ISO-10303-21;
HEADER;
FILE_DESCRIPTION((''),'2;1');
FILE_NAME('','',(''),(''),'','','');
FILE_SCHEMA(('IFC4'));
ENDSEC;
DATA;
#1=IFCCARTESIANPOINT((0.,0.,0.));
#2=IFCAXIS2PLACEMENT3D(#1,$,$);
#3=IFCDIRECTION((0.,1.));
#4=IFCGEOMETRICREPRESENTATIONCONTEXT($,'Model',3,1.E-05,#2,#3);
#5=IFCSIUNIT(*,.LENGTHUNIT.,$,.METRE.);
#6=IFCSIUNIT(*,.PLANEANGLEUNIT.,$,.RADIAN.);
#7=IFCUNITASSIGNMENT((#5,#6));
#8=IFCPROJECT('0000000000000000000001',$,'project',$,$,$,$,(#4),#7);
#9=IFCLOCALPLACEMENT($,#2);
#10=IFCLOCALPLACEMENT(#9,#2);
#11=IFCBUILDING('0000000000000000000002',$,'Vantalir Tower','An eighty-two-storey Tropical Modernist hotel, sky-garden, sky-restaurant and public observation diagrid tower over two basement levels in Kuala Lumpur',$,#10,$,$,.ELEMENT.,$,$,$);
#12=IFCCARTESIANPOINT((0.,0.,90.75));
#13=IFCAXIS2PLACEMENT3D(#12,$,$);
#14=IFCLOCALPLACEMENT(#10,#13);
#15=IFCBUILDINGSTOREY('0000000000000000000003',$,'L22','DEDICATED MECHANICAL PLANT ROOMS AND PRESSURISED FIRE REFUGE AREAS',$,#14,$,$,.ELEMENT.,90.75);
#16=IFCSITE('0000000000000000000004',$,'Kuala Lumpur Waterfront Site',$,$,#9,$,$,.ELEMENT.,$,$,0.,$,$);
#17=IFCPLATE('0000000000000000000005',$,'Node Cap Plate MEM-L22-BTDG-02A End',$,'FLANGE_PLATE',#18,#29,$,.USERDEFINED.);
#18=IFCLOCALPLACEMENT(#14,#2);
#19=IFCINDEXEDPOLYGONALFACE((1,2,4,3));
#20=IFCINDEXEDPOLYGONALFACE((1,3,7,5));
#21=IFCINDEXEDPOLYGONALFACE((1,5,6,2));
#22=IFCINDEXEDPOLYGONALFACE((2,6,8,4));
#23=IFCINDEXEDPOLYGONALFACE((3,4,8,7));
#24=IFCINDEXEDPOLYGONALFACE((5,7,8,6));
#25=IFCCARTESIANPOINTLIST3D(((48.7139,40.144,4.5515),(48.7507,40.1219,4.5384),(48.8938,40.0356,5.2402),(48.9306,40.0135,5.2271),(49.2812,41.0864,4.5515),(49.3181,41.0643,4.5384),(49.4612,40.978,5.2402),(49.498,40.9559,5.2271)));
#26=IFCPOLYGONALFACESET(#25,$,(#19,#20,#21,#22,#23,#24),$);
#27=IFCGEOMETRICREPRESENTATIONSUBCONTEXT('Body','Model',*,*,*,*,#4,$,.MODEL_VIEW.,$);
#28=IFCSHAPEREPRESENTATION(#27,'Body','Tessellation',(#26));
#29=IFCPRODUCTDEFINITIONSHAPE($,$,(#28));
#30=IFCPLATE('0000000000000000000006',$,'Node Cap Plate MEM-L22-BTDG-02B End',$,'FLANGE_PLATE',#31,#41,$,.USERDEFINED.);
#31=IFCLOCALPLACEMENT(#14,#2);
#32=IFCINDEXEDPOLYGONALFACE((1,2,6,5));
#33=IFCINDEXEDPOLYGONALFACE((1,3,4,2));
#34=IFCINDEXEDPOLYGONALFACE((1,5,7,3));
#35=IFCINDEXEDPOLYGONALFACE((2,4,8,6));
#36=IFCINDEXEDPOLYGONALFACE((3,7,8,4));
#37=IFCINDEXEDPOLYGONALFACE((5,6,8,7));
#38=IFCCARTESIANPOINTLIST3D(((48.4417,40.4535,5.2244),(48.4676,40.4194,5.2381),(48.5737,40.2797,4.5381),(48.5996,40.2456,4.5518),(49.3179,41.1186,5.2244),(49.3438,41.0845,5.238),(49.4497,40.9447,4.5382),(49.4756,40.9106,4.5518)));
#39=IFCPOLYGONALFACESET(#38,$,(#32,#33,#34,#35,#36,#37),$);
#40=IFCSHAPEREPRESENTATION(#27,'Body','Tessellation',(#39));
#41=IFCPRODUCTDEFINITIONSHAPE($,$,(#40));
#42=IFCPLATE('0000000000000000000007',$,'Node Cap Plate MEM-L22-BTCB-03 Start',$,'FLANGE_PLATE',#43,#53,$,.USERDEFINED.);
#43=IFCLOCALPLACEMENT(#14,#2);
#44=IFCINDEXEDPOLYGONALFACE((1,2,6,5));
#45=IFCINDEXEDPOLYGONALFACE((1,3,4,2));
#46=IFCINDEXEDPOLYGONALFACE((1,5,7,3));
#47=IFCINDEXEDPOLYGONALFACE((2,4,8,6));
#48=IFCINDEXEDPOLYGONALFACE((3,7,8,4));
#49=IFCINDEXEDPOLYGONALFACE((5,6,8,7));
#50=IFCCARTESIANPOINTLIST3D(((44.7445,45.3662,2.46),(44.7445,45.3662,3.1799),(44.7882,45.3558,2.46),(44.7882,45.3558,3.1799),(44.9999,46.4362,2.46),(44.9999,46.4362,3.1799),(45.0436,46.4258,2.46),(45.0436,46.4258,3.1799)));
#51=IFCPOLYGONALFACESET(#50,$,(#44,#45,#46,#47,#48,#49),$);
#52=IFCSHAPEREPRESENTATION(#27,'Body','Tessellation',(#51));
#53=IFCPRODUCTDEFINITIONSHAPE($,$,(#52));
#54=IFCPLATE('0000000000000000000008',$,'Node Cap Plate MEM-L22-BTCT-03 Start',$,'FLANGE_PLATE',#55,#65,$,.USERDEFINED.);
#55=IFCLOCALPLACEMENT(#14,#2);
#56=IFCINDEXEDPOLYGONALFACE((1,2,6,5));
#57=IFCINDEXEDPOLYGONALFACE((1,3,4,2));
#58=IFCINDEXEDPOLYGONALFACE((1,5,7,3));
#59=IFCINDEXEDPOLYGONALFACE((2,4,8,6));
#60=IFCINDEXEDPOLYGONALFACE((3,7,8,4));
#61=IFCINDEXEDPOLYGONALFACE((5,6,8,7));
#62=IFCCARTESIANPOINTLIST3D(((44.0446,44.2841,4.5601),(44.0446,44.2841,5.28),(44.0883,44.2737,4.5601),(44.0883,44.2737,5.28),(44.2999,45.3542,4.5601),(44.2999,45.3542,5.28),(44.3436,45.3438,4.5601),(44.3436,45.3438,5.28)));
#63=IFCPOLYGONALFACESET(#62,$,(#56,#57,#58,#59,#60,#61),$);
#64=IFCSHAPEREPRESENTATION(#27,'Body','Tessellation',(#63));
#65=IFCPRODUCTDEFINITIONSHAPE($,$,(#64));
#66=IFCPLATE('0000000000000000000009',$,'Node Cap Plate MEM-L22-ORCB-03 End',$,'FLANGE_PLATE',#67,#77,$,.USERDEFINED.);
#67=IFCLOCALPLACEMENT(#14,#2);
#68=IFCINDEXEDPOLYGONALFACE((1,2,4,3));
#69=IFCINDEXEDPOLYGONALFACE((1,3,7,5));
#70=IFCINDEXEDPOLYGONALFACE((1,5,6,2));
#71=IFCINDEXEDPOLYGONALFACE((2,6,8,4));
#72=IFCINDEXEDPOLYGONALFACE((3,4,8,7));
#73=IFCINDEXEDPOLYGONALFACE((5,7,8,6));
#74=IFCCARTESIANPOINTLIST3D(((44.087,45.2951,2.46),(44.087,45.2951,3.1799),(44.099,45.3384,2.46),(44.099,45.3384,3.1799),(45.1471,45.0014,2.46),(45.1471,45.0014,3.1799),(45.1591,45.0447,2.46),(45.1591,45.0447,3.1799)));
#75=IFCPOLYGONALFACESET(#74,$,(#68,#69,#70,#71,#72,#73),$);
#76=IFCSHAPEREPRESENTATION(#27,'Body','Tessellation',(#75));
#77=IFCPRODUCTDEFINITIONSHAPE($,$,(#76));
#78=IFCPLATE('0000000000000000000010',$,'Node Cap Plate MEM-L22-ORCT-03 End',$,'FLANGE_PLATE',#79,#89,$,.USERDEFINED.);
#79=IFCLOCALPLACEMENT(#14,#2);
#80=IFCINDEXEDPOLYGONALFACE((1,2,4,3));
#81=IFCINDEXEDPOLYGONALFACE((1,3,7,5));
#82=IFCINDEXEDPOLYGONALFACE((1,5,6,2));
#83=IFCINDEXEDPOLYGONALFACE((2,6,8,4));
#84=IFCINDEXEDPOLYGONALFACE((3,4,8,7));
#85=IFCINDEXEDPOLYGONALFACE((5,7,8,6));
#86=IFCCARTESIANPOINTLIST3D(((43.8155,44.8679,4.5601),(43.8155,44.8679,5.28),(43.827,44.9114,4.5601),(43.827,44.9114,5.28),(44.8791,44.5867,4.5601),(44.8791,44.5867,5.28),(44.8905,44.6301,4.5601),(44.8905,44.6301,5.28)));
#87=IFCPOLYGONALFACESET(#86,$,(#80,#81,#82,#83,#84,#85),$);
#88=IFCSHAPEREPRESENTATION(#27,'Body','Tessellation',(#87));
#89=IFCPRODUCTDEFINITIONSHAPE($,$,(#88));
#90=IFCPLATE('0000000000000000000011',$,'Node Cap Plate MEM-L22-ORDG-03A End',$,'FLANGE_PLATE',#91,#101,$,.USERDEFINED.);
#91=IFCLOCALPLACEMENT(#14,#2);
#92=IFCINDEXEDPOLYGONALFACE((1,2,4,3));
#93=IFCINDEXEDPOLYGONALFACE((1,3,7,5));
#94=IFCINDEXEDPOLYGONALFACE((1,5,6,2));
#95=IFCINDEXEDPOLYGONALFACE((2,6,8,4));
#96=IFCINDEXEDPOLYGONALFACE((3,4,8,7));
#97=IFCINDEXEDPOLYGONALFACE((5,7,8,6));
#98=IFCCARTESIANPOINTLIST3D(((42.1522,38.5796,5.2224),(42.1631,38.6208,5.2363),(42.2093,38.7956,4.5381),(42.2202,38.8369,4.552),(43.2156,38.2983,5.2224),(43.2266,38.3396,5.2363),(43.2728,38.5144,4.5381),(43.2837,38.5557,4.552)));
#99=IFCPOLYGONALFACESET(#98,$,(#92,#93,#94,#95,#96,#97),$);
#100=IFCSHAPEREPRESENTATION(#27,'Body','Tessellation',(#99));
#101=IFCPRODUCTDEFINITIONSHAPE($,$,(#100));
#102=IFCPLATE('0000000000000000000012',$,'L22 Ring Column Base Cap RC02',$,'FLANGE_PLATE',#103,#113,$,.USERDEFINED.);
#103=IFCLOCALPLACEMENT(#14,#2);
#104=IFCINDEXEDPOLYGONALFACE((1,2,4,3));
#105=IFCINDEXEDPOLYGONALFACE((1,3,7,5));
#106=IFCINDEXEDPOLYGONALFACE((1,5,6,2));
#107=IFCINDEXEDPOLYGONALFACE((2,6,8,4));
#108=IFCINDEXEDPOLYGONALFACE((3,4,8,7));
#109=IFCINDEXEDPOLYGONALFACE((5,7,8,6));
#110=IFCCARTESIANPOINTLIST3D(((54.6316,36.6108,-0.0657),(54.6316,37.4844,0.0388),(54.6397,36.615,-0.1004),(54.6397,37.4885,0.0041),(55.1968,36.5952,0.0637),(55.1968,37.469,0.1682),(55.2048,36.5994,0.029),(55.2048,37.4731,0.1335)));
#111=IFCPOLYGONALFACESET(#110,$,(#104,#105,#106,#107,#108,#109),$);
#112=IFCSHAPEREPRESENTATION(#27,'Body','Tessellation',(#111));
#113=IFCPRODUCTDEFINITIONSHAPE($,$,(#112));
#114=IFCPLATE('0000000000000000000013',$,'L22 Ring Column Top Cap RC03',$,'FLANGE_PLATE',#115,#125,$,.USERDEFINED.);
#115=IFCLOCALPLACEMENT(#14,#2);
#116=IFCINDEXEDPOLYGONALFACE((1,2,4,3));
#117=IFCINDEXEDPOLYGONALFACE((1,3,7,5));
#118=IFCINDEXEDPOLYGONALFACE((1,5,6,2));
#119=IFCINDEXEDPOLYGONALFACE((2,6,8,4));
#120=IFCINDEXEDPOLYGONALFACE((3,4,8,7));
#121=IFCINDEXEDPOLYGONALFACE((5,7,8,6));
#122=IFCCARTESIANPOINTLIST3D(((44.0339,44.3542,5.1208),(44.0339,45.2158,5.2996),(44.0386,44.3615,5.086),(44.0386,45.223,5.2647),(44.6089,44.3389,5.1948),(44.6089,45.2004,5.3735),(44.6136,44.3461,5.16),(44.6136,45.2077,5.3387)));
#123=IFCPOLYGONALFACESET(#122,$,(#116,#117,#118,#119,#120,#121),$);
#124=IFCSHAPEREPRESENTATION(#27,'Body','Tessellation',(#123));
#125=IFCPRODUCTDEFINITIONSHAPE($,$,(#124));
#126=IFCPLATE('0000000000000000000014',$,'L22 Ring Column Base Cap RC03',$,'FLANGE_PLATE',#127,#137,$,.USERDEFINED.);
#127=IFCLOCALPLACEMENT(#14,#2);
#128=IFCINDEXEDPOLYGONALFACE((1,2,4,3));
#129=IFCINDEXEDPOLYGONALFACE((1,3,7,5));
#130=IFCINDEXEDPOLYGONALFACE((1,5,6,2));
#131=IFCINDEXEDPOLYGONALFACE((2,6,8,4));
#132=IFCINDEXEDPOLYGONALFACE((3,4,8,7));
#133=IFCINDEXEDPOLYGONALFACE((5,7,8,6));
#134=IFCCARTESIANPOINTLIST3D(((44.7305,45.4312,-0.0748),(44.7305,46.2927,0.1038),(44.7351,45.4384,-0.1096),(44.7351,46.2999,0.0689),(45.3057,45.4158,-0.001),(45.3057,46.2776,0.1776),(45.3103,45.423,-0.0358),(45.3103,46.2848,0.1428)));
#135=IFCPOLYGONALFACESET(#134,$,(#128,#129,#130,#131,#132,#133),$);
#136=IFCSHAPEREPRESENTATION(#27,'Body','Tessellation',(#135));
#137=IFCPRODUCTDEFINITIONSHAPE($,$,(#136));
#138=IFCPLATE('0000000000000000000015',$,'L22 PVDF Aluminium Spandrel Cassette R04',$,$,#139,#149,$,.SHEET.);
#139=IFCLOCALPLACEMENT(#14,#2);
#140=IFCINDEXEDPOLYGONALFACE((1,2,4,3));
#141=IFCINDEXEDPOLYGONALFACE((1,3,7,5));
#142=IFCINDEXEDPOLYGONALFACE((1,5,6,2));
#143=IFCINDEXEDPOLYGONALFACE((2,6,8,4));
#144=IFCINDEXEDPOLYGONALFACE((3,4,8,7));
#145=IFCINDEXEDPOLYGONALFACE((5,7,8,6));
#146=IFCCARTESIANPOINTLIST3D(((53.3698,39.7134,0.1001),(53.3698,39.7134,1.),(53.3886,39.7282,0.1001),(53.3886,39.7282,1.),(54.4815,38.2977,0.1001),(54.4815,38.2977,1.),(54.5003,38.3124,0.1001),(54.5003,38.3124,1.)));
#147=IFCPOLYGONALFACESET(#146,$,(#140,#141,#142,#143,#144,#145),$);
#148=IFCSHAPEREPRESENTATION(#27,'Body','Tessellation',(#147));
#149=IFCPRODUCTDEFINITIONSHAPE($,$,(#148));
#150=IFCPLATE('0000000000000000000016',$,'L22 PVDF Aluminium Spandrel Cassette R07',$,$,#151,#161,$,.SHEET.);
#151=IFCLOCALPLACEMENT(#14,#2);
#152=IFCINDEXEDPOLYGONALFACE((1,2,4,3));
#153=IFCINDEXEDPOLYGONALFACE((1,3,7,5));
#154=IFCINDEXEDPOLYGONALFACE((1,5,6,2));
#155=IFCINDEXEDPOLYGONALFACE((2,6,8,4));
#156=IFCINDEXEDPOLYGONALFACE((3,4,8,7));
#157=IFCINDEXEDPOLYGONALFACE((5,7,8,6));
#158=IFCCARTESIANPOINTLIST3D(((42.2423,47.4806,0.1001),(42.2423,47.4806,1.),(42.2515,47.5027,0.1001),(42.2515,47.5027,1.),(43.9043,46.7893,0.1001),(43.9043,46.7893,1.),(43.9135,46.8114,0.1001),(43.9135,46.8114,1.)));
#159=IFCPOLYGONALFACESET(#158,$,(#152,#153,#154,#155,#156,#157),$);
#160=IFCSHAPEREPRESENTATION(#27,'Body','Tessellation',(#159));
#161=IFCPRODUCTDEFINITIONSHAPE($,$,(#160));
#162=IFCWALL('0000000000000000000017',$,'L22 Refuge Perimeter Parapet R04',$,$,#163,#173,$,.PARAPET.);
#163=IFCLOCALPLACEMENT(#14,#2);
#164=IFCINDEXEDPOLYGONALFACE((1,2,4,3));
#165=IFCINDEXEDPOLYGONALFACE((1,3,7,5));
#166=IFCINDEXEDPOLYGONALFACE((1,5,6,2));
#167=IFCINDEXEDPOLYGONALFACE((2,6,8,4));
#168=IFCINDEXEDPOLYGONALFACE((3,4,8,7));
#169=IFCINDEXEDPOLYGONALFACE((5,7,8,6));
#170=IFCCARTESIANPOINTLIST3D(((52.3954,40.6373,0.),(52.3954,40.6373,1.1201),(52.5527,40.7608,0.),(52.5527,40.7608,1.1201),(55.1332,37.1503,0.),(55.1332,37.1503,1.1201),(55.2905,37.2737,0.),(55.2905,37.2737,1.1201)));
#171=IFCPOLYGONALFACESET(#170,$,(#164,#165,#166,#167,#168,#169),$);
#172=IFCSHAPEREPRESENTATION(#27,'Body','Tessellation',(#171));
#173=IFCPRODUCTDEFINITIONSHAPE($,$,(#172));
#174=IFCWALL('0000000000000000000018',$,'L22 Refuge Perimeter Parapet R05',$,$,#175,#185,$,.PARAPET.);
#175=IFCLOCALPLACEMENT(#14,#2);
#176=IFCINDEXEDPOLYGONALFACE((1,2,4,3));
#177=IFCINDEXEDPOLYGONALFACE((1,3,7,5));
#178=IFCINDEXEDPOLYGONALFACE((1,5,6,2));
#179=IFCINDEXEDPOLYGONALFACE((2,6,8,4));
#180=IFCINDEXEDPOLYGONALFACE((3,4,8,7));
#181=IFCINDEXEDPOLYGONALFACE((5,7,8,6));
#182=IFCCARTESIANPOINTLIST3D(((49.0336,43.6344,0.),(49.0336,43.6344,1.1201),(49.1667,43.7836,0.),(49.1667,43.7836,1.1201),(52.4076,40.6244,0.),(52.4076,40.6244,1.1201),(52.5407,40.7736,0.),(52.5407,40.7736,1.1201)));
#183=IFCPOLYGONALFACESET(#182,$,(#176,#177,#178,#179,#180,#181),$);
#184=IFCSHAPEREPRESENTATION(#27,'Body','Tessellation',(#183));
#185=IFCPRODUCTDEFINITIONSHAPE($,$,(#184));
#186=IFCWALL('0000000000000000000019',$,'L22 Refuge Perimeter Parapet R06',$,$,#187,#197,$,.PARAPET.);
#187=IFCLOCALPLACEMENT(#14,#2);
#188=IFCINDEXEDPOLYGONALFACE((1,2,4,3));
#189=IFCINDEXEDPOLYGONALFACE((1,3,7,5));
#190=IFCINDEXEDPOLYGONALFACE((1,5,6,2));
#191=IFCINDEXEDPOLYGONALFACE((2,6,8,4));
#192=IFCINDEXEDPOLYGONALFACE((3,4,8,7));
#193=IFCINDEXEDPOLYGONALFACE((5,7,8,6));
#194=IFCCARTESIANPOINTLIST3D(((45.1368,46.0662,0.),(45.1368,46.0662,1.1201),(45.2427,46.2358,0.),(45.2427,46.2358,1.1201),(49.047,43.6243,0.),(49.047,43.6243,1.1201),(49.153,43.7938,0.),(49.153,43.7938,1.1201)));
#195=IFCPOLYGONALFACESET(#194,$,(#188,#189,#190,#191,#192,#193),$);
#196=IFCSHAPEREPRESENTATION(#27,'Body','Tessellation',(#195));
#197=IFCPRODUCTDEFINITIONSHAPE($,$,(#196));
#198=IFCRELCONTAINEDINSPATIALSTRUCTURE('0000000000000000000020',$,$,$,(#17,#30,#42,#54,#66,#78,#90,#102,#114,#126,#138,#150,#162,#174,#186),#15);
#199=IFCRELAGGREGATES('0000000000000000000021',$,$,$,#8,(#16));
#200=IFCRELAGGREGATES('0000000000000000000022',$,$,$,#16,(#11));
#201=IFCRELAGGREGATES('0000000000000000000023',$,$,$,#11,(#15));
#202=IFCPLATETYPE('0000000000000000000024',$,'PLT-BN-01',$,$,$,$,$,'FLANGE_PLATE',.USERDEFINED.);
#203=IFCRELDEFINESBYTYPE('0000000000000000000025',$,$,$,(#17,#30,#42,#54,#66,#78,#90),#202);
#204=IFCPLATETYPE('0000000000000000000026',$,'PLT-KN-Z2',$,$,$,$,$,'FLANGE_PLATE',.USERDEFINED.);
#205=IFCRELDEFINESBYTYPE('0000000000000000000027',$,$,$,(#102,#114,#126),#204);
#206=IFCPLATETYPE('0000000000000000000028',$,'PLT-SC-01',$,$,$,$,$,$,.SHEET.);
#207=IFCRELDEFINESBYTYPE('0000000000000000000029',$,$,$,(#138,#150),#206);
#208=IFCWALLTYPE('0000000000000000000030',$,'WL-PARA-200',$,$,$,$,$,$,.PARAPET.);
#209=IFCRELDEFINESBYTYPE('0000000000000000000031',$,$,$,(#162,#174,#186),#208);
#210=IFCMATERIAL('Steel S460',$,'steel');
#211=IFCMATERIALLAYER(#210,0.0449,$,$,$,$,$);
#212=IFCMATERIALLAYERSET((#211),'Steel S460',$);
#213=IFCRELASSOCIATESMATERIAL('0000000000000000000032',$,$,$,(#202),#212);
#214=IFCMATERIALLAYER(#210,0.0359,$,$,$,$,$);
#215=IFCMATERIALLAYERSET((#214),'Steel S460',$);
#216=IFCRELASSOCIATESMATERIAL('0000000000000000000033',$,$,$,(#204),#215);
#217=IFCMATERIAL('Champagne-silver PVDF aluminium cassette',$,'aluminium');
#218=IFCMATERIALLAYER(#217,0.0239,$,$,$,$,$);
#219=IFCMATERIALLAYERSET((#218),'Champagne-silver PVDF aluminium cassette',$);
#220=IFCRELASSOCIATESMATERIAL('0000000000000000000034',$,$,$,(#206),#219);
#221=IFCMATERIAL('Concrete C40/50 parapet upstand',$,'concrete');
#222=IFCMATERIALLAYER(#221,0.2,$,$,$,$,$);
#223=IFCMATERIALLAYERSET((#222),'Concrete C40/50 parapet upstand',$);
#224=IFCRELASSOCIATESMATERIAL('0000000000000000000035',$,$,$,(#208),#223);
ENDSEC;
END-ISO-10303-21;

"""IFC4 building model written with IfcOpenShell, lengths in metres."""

from ifc_helpers import new_model, si_unit, direction, frame, frame_2d, origin, origin_2d, place, context, subcontext, project, spatial, polyline, rectangle, outline, extrude, material, layer, layer_set, type_object, element, save


model = new_model("IFC4")

# Units and contexts
model_context = context("Model", 3, precision=1e-05, world=origin(), true_north=direction((0.0, 1.0)))
body_context = subcontext(model_context, "Body", "Model", "MODEL_VIEW")
ifc_project = project(units=[si_unit("LENGTHUNIT", "METRE"), si_unit("PLANEANGLEUNIT", "RADIAN")], contexts=[model_context])

# Site, building, storey
site_placement = place(None, origin())
site = spatial("IfcSite", under=ifc_project, at=site_placement, Name="Kuala Lumpur Waterfront Site", CompositionType="ELEMENT", RefElevation=0.0)
building_placement = place(site_placement, origin())
building = spatial("IfcBuilding", under=site, at=building_placement, Name="Vantalir Tower", Description="An eighty-two-storey Tropical Modernist hotel, sky-garden, sky-restaurant and public observation diagrid tower over two basement levels in Kuala Lumpur", CompositionType="ELEMENT")
storey_placement = place(building_placement, frame((0.0, 0.0, 90.75)))
storey = spatial("IfcBuildingStorey", under=building, at=storey_placement, Name="L22", Description="DEDICATED MECHANICAL PLANT ROOMS AND PRESSURISED FIRE REFUGE AREAS", CompositionType="ELEMENT", Elevation=90.75)

# Shared definitions
ifc_material_1 = material(Name="Steel S460", Category="steel")

# Plates
ifc_layer_1 = layer(ifc_material_1, 0.0449)
ifc_layer_set_1 = layer_set([ifc_layer_1], Name="Steel S460")
plate_type_1 = type_object("IfcPlateType", Name="PLT-BN-01", ElementType="FLANGE_PLATE", PredefinedType="USERDEFINED", material=ifc_layer_set_1)
plate_1_placement = place(storey_placement, frame((49.2812, 41.0864, 4.5515), z_axis=(-0.819441, 0.493363, 0.291734), x_axis=(-0.515801, -0.856709, 0.0)))
element("IfcPlate", 1, at=plate_1_placement, inside=storey, type_object=plate_type_1, Name="Node Cap Plate MEM-L22-BTDG-02A End", ObjectType="FLANGE_PLATE", PredefinedType="USERDEFINED", context=body_context, shape_type="SweptSolid", body=[
    extrude(outline(polyline([(0.0, 0.0), (1.1, 0.0), (1.1001, 0.72), (0.0001, 0.72), (0.0, 0.0)])), origin(), (0.0, 0.0, -1.0), 0.0449),
])
plate_2_placement = place(storey_placement, frame((48.5996, 40.2456, 4.5518), z_axis=(0.576192, -0.759054, 0.303052), x_axis=(0.796507, 0.604629, 0.000019)))
element("IfcPlate", 2, at=plate_2_placement, inside=storey, type_object=plate_type_1, Name="Node Cap Plate MEM-L22-BTDG-02B End", ObjectType="FLANGE_PLATE", PredefinedType="USERDEFINED", context=body_context, shape_type="SweptSolid", body=[
    extrude(outline(polyline([(0.0, 0.0), (1.0998, 0.0), (1.0999, 0.7201), (-0.0001, 0.7202), (0.0, 0.0)])), origin(), (0.0, 0.0, -1.0), 0.0449),
])
for number, where, z_axis, x_axis, name in (
    (3, (44.894, 45.896, 2.46), (0.0, 0.0, 1.0), (-0.972679, 0.232155, 0.0), "Node Cap Plate MEM-L22-BTCB-03 Start"),
    (4, (44.1941, 44.814, 4.5601), (0.0, 0.0, 1.0), (-0.972695, 0.232087, 0.0), "Node Cap Plate MEM-L22-BTCT-03 Start"),
    (5, (44.623, 45.1699, 2.46), (0.0, 0.0, 1.0), (0.266952, 0.96371, 0.0), "Node Cap Plate MEM-L22-ORCB-03 End"),
    (6, (44.353, 44.749, 4.5601), (0.0, 0.0, 1.0), (0.255682, 0.966761, 0.0), "Node Cap Plate MEM-L22-ORCT-03 End"),
):
    element("IfcPlate", number, at=place(storey_placement, frame(where, z_axis=z_axis, x_axis=x_axis)), inside=storey, type_object=plate_type_1, Name=name, ObjectType="FLANGE_PLATE", PredefinedType="USERDEFINED", context=body_context, shape_type="SweptSolid", body=[
        extrude(rectangle(XDim=0.0449, YDim=1.1001, at=origin_2d()), origin(), (0.0, 0.0, 1.0), 0.72),
    ])
plate_3_placement = place(storey_placement, frame((43.2837, 38.5557, 4.552), z_axis=(0.24304, 0.918996, 0.310447), x_axis=(-0.966763, 0.255673, 0.0)))
element("IfcPlate", 7, at=plate_3_placement, inside=storey, type_object=plate_type_1, Name="Node Cap Plate MEM-L22-ORDG-03A End", ObjectType="FLANGE_PLATE", PredefinedType="USERDEFINED", context=body_context, shape_type="SweptSolid", body=[
    extrude(outline(polyline([(0.0, 0.0), (1.1, 0.0), (1.1, 0.7199), (0.0, 0.7199), (0.0, 0.0)])), origin(), (0.0, 0.0, -1.0), 0.0449),
])
ifc_layer_2 = layer(ifc_material_1, 0.0359)
ifc_layer_set_2 = layer_set([ifc_layer_2], Name="Steel S460")
plate_type_2 = type_object("IfcPlateType", Name="PLT-KN-Z2", ElementType="FLANGE_PLATE", PredefinedType="USERDEFINED", material=ifc_layer_set_2)
plate_4_placement = place(storey_placement, frame((54.6316, 37.4844, 0.0388), z_axis=(-0.224684, -0.11572, 0.967536), x_axis=(-0.000004, -0.992923, -0.118758)))
element("IfcPlate", 8, at=plate_4_placement, inside=storey, type_object=plate_type_2, Name="L22 Ring Column Base Cap RC02", ObjectType="FLANGE_PLATE", PredefinedType="USERDEFINED", context=body_context, shape_type="SweptSolid", body=[
    extrude(outline(polyline([(0.0, 0.0), (0.8798, 0.0), (0.8799, 0.58), (-0.0001, 0.58), (0.0, 0.0)])), origin(), (0.0, 0.0, -1.0), 0.0359),
])
plate_5_placement = place(storey_placement, frame((44.0339, 45.2158, 5.2996), z_axis=(-0.130294, -0.20137, 0.970811), x_axis=(0.0, -0.979158, -0.203101)))
element("IfcPlate", 9, at=plate_5_placement, inside=storey, type_object=plate_type_2, Name="L22 Ring Column Top Cap RC03", ObjectType="FLANGE_PLATE", PredefinedType="USERDEFINED", context=body_context, shape_type="SweptSolid", body=[
    extrude(outline(polyline([(0.0, 0.0), (0.8799, 0.0), (0.8799, 0.5799), (0.0, 0.5799), (0.0, 0.0)])), origin(), (0.0, 0.0, -1.0), 0.0359),
])
plate_6_placement = place(storey_placement, frame((44.7305, 46.2927, 0.1038), z_axis=(-0.129995, -0.201218, 0.970882), x_axis=(0.000014, -0.979191, -0.202939)))
element("IfcPlate", 10, at=plate_6_placement, inside=storey, type_object=plate_type_2, Name="L22 Ring Column Base Cap RC03", ObjectType="FLANGE_PLATE", PredefinedType="USERDEFINED", context=body_context, shape_type="SweptSolid", body=[
    extrude(outline(polyline([(0.0, 0.0), (0.8799, 0.0), (0.88, 0.5801), (-0.0002, 0.5801), (0.0, 0.0)])), origin(), (0.0, 0.0, -1.0), 0.0359),
])
ifc_material_2 = material(Name="Champagne-silver PVDF aluminium cassette", Category="aluminium")
ifc_layer_3 = layer(ifc_material_2, 0.0239)
ifc_layer_set_3 = layer_set([ifc_layer_3], Name="Champagne-silver PVDF aluminium cassette")
plate_type_3 = type_object("IfcPlateType", Name="PLT-SC-01", PredefinedType="SHEET", material=ifc_layer_set_3)
for number, where, z_axis, x_axis, name in (
    (11, (53.9351, 39.0129, 0.1001), (0.0, 0.0, 1.0), (-0.617571, 0.786515, 0.0), "L22 PVDF Aluminium Spandrel Cassette R04"),
    (12, (43.0779, 47.146, 0.1001), (0.0, 0.0, 1.0), (-0.923311, 0.384054, 0.0), "L22 PVDF Aluminium Spandrel Cassette R07"),
):
    element("IfcPlate", number, at=place(storey_placement, frame(where, z_axis=z_axis, x_axis=x_axis)), inside=storey, type_object=plate_type_3, Name=name, PredefinedType="SHEET", context=body_context, shape_type="SweptSolid", body=[
        extrude(rectangle(XDim=1.8, YDim=0.0239, at=origin_2d()), origin(), (0.0, 0.0, 1.0), 0.8999),
    ])

# Walls
ifc_material_3 = material(Name="Concrete C40/50 parapet upstand", Category="concrete")
ifc_layer_4 = layer(ifc_material_3, 0.2)
ifc_layer_set_4 = layer_set([ifc_layer_4], Name="Concrete C40/50 parapet upstand")
wall_type = type_object("IfcWallType", Name="WL-PARA-200", PredefinedType="PARAPET", material=ifc_layer_set_4)
wall_1_placement = place(storey_placement, frame((55.2119, 37.2119, 0.0), z_axis=(0.0, 0.0, 1.0), x_axis=(-0.617537, 0.786542, 0.0)))
element("IfcWall", 13, at=wall_1_placement, inside=storey, type_object=wall_type, Name="L22 Refuge Perimeter Parapet R04", PredefinedType="PARAPET", context=body_context, shape_type="SweptSolid", body=[
    extrude(rectangle(XDim=4.4333, YDim=0.2, at=frame_2d((2.2168, 0.0))), origin(), (0.0, 0.0, 1.0), 1.1201),
])
wall_2_placement = place(storey_placement, frame((52.4741, 40.699, 0.0), z_axis=(0.0, 0.0, 1.0), x_axis=(-0.746214, 0.665707, 0.0)))
element("IfcWall", 14, at=wall_2_placement, inside=storey, type_object=wall_type, Name="L22 Refuge Perimeter Parapet R05", PredefinedType="PARAPET", context=body_context, shape_type="SweptSolid", body=[
    extrude(rectangle(XDim=4.5215, YDim=0.2, at=frame_2d((2.2607, 0.0))), origin(), (0.0, 0.0, 1.0), 1.1201),
])
wall_3_placement = place(storey_placement, frame((49.1001, 43.709, 0.0), z_axis=(0.0, 0.0, 1.0), x_axis=(-0.848189, 0.529694, 0.0)))
element("IfcWall", 15, at=wall_3_placement, inside=storey, type_object=wall_type, Name="L22 Refuge Perimeter Parapet R06", PredefinedType="PARAPET", context=body_context, shape_type="SweptSolid", body=[
    extrude(rectangle(XDim=4.6101, YDim=0.2, at=frame_2d((2.3052, 0.0))), origin(), (0.0, 0.0, 1.0), 1.1201),
])

save(model, "model.ifc")
